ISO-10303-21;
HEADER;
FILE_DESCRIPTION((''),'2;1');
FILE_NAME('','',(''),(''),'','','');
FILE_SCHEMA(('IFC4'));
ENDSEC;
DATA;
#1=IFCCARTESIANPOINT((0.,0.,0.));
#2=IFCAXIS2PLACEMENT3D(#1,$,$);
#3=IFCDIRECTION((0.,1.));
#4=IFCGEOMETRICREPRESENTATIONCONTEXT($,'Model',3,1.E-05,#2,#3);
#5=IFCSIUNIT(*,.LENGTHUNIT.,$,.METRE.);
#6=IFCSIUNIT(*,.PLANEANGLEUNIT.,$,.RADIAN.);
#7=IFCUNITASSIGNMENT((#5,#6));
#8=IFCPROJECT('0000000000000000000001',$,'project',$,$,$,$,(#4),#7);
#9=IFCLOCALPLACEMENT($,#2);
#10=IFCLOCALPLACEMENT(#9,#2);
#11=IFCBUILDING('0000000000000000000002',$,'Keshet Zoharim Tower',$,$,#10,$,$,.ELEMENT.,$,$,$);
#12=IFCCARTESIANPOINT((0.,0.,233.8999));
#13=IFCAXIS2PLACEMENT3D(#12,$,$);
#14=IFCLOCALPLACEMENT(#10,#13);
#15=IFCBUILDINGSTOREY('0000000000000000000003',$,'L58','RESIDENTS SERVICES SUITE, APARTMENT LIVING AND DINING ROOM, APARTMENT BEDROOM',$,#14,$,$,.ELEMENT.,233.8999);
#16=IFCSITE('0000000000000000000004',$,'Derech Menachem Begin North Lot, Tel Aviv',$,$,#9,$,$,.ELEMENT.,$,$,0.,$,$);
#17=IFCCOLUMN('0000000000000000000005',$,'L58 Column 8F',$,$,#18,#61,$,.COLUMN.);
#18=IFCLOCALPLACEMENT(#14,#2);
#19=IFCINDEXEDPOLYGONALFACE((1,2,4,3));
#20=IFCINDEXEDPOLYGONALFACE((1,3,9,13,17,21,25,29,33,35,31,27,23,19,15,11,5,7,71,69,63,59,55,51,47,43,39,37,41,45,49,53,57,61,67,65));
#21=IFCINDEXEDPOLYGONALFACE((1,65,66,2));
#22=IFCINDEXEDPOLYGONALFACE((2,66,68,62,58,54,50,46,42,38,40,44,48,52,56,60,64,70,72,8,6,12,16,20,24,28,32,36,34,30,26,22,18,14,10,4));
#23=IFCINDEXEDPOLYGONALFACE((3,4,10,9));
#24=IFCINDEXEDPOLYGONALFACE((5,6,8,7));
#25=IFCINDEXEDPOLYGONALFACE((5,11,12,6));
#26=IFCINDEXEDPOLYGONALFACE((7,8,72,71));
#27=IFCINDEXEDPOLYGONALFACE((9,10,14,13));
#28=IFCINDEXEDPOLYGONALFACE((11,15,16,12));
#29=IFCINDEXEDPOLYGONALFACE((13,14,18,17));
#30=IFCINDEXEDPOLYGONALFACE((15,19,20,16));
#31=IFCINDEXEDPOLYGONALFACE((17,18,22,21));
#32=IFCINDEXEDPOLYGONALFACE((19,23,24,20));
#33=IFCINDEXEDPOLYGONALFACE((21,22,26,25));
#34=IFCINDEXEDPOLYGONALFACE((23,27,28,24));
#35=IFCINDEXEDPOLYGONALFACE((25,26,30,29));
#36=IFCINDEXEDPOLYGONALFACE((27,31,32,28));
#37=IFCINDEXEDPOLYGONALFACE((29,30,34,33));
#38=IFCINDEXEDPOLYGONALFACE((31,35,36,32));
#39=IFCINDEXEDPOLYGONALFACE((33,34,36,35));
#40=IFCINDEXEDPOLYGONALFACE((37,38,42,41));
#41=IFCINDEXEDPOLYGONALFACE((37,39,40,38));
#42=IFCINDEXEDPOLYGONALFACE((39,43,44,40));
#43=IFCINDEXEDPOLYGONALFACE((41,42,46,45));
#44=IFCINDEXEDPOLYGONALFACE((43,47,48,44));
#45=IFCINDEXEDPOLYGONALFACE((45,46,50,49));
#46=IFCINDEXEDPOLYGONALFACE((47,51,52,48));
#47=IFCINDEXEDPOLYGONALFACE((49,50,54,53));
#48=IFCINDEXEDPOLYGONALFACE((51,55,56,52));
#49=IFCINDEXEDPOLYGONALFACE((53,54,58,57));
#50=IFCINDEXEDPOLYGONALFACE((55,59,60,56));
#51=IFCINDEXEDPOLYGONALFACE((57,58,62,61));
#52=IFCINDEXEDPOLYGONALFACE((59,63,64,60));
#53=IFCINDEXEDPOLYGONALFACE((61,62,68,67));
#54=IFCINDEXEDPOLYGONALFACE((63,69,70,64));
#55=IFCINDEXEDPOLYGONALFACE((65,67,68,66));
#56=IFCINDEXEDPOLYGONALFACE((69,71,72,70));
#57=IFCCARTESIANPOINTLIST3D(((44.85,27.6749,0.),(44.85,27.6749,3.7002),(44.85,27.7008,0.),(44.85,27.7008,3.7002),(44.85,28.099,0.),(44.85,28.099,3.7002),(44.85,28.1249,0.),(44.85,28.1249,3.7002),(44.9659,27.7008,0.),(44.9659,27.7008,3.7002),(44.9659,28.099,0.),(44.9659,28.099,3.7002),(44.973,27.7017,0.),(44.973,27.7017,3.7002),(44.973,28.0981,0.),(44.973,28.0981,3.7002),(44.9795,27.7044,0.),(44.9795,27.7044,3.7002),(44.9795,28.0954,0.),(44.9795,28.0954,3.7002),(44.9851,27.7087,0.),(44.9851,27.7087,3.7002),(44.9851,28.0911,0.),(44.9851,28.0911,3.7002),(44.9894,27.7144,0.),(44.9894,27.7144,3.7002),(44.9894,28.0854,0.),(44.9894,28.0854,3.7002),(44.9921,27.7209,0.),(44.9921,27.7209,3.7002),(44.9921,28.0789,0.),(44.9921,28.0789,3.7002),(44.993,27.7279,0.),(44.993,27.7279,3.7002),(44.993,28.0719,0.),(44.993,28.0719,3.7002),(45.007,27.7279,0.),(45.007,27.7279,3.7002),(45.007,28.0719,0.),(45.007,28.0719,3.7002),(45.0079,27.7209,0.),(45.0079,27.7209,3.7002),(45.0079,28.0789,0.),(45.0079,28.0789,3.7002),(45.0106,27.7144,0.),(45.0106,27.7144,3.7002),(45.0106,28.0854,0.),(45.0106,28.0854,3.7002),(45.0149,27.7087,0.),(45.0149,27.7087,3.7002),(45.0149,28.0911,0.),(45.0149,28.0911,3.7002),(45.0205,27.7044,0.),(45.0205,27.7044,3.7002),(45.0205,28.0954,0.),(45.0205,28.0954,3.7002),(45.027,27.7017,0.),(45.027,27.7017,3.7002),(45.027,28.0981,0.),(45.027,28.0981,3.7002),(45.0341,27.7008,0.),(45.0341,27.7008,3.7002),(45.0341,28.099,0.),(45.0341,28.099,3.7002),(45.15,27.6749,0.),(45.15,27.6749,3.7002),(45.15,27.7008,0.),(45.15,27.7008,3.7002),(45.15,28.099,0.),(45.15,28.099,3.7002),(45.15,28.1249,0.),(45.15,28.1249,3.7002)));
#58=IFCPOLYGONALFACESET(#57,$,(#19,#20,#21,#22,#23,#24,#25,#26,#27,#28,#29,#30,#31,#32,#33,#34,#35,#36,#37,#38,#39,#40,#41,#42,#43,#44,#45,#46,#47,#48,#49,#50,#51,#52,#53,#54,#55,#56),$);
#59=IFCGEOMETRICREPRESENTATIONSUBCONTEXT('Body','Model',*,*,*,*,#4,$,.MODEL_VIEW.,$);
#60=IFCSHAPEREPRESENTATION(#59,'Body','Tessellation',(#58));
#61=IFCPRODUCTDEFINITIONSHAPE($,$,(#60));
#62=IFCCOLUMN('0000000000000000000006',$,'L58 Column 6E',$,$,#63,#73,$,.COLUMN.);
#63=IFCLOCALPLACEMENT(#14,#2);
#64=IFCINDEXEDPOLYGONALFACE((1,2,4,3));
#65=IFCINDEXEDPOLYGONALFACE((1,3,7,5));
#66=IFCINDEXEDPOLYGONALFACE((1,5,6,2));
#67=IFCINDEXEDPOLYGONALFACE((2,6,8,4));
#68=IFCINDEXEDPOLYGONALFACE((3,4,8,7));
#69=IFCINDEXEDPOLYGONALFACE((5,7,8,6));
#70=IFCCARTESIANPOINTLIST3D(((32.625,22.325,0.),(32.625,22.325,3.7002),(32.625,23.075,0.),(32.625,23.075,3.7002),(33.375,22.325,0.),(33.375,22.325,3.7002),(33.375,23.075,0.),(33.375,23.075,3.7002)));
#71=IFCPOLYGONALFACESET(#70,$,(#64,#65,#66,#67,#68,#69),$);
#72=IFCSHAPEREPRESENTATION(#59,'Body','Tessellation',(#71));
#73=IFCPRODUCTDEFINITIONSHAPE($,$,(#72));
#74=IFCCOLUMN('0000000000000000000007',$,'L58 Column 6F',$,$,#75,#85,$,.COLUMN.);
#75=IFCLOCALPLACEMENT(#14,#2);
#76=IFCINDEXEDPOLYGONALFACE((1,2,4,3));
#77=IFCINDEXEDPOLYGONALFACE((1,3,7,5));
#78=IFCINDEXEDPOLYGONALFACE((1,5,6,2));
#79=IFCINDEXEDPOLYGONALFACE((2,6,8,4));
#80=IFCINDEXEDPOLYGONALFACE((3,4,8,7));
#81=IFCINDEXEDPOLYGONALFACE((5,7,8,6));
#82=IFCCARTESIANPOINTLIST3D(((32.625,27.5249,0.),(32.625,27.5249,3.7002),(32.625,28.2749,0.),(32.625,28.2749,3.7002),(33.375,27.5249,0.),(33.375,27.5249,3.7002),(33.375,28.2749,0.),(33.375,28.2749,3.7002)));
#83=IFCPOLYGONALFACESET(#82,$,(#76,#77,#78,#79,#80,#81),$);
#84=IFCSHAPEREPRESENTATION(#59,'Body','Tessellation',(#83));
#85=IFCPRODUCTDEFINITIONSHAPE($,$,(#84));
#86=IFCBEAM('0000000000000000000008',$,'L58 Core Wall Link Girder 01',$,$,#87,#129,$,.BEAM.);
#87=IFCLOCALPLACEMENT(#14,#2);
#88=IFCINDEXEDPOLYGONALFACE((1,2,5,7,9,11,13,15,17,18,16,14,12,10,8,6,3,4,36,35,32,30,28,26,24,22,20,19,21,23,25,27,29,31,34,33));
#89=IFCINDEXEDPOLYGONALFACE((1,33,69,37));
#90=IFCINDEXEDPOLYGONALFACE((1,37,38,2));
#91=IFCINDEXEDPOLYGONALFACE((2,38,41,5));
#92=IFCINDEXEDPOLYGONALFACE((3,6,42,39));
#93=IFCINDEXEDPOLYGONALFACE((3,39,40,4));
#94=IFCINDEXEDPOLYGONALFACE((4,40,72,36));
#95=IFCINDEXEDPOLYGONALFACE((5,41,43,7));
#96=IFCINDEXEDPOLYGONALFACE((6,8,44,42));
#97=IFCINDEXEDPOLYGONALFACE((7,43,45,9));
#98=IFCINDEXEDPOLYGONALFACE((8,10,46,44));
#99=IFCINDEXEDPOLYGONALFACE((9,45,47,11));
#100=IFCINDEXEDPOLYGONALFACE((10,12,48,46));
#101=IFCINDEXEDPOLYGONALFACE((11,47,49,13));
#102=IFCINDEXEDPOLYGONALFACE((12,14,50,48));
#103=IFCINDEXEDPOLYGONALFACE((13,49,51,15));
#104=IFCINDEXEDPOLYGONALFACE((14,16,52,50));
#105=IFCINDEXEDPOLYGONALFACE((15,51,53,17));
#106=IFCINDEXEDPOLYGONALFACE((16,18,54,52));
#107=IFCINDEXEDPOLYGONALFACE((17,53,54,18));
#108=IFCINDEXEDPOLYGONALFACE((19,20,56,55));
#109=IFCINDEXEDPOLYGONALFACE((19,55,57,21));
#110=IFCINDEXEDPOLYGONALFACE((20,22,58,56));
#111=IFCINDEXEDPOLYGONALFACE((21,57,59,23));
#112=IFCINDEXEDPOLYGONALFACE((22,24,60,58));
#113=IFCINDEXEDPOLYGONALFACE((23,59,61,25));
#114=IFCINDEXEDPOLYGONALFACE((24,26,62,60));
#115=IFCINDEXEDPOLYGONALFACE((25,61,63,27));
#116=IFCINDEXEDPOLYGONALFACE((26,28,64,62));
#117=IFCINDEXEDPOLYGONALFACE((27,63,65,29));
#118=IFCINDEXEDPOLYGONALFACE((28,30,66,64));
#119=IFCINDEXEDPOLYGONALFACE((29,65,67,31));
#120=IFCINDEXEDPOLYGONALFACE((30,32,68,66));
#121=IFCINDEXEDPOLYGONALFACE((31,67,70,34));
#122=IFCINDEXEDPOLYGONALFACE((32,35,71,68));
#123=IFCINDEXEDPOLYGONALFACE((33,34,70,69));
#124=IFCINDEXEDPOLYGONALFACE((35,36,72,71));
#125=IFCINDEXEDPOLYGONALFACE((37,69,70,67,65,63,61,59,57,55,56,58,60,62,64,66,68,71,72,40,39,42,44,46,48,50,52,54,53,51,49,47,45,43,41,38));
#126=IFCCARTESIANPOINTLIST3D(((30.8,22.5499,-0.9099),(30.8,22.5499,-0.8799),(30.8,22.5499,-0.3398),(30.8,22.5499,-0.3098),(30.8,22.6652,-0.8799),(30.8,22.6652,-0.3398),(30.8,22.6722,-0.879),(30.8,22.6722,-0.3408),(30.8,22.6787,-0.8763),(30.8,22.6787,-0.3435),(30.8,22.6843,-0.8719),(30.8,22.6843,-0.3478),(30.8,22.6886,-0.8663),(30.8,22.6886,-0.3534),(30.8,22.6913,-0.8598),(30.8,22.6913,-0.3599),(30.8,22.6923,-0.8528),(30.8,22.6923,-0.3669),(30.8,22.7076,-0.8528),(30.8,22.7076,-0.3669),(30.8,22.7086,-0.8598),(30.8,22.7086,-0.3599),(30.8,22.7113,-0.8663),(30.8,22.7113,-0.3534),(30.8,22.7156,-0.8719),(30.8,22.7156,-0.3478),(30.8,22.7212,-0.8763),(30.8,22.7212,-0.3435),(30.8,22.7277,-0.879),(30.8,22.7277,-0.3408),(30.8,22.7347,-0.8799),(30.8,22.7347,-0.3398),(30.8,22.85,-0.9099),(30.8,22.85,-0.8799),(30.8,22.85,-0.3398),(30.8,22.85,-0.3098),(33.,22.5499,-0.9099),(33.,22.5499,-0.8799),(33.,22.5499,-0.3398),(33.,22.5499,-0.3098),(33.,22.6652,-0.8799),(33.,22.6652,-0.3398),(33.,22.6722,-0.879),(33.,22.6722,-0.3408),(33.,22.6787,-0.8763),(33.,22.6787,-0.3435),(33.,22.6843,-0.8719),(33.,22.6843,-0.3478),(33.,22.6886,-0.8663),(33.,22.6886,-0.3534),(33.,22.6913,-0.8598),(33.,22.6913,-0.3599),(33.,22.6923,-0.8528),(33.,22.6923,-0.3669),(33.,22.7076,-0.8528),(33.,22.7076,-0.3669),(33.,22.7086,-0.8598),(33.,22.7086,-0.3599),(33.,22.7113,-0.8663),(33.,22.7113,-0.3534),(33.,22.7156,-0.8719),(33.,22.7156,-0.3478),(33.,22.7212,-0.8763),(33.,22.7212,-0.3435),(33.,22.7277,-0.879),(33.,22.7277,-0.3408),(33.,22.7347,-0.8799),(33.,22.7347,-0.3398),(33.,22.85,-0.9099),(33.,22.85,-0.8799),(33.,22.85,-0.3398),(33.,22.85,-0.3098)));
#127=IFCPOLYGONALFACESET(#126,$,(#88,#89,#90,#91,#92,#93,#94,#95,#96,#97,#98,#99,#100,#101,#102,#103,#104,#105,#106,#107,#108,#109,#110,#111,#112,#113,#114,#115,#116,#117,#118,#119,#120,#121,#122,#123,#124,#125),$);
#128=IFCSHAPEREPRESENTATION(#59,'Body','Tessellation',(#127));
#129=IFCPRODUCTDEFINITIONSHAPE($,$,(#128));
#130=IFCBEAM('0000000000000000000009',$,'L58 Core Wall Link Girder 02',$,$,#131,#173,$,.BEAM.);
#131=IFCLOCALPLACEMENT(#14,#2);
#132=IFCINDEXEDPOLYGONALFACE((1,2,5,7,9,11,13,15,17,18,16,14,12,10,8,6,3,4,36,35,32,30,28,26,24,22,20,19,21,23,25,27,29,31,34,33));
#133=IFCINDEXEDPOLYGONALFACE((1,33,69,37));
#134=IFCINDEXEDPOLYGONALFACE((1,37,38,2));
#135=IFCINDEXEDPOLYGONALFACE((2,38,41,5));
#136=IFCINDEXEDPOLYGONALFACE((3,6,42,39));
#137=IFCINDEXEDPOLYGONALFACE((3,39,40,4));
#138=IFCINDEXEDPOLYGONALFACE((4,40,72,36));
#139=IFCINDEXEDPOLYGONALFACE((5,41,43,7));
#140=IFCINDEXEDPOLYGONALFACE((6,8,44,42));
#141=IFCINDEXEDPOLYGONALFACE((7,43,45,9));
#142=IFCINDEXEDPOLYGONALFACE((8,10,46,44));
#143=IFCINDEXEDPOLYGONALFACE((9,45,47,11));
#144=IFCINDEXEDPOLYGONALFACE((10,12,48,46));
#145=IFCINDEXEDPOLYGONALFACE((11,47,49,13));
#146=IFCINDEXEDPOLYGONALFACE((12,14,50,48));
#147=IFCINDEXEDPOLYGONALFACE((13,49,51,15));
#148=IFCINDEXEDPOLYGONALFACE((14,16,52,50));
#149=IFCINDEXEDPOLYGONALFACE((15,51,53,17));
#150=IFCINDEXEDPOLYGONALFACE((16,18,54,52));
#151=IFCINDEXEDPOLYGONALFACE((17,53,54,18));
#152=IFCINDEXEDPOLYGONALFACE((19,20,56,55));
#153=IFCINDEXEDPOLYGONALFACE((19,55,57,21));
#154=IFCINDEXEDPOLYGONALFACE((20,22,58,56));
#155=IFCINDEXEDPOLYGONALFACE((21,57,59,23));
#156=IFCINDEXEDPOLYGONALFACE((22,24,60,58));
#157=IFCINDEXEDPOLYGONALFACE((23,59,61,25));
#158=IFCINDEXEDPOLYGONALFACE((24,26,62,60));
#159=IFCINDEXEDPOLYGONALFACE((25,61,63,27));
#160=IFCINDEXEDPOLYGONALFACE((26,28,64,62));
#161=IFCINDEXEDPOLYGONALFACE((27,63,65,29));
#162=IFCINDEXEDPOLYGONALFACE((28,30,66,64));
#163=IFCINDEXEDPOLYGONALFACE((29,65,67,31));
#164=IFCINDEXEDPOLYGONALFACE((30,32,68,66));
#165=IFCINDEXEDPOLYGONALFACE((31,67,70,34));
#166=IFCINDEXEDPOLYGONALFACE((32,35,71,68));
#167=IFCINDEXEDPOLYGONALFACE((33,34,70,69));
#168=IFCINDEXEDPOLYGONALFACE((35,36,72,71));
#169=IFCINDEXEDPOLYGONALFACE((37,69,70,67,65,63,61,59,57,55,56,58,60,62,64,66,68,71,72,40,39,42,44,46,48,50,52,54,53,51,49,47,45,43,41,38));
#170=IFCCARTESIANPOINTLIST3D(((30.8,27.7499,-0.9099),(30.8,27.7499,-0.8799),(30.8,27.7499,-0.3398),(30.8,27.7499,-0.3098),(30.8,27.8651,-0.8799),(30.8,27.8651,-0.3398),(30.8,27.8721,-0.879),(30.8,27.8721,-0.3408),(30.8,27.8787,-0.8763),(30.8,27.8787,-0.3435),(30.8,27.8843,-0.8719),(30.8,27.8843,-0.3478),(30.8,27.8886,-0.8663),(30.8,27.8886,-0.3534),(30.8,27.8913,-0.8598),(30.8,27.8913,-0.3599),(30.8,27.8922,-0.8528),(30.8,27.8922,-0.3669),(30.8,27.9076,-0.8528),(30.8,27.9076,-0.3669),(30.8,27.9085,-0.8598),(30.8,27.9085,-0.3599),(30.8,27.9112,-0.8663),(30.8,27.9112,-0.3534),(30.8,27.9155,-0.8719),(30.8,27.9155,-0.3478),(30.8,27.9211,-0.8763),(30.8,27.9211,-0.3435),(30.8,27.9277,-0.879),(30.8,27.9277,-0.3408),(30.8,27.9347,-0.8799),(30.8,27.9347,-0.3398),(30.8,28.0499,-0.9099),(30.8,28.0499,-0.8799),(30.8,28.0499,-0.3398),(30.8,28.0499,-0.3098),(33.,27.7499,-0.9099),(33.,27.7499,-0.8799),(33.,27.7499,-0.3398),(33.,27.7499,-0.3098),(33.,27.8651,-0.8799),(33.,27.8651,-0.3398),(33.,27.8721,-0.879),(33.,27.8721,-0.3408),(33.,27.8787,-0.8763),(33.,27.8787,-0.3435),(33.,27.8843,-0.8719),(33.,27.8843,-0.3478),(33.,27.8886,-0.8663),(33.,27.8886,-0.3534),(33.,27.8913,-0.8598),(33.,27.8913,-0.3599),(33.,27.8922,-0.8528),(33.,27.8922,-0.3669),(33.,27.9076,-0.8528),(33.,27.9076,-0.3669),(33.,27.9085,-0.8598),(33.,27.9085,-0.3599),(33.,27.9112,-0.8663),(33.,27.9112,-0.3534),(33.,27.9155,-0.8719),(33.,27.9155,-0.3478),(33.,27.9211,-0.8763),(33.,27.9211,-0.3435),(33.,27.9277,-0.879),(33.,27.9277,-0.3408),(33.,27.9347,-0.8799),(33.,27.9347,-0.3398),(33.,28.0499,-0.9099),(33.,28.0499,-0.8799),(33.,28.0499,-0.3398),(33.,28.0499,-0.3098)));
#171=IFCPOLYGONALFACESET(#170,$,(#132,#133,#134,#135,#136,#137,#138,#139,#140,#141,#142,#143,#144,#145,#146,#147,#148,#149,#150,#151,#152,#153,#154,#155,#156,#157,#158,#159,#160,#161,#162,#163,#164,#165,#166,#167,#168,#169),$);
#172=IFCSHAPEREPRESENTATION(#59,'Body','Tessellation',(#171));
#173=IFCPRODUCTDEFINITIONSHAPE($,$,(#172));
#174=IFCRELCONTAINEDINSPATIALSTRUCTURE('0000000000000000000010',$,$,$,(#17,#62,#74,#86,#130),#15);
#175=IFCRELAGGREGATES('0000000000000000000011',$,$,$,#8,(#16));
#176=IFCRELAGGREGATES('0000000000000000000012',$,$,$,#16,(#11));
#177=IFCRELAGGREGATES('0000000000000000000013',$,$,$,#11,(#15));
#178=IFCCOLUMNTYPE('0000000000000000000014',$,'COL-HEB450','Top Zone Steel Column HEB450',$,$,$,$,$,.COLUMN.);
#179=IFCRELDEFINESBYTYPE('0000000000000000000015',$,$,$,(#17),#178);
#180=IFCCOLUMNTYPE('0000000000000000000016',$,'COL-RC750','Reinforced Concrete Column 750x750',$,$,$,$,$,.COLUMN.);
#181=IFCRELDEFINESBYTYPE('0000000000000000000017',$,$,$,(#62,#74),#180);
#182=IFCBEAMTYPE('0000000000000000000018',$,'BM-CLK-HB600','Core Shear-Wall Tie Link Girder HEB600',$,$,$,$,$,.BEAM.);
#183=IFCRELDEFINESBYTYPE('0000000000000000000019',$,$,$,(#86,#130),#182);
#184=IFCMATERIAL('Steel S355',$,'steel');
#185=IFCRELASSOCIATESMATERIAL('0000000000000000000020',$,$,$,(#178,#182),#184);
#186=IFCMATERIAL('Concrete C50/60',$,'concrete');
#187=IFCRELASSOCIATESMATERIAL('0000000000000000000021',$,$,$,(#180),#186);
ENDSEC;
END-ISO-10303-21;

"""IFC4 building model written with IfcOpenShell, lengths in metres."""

from ifc_helpers import new_model, si_unit, direction, frame, origin, origin_2d, place, context, subcontext, project, spatial, rectangle, i_section, extrude, material, material_profile, profile_set, type_object, element, save


model = new_model("IFC4")

# Units and contexts
model_context = context("Model", 3, precision=1e-05, world=origin(), true_north=direction((0.0, 1.0)))
body_context = subcontext(model_context, "Body", "Model", "MODEL_VIEW")
ifc_project = project(units=[si_unit("LENGTHUNIT", "METRE"), si_unit("PLANEANGLEUNIT", "RADIAN")], contexts=[model_context])

# Site, building, storey
site_placement = place(None, origin())
site = spatial("IfcSite", under=ifc_project, at=site_placement, Name="Derech Menachem Begin North Lot, Tel Aviv", CompositionType="ELEMENT", RefElevation=0.0)
building_placement = place(site_placement, origin())
building = spatial("IfcBuilding", under=site, at=building_placement, Name="Keshet Zoharim Tower", CompositionType="ELEMENT")
storey_placement = place(building_placement, frame((0.0, 0.0, 233.8999)))
storey = spatial("IfcBuildingStorey", under=building, at=storey_placement, Name="L58", Description="RESIDENTS SERVICES SUITE, APARTMENT LIVING AND DINING ROOM, APARTMENT BEDROOM", CompositionType="ELEMENT", Elevation=233.8999)

# Columns
ifc_material_1 = material(Name="Steel S355", Category="steel")
ifc_material_profile_1 = material_profile(ifc_material_1, i_section(OverallWidth=0.3, OverallDepth=0.45, WebThickness=0.0139, FlangeThickness=0.0259, FilletRadius=0.0271, at=origin_2d()), Name="HEB450")
ifc_profile_set_1 = profile_set([ifc_material_profile_1], Name="Steel S355")
column_type_1 = type_object("IfcColumnType", Name="COL-HEB450", Description="Top Zone Steel Column HEB450", PredefinedType="COLUMN", material=ifc_profile_set_1)
column_placement = place(storey_placement, frame((45.0, 27.8999, 0.0), z_axis=(0.0, 0.0, 1.0), x_axis=(1.0, 0.0, 0.0)))
element("IfcColumn", 1, at=column_placement, inside=storey, type_object=column_type_1, Name="L58 Column 8F", PredefinedType="COLUMN", context=body_context, shape_type="SweptSolid", body=[
    extrude(i_section(OverallWidth=0.3, OverallDepth=0.45, WebThickness=0.0139, FlangeThickness=0.0259, FilletRadius=0.0271, at=origin_2d()), origin(), (0.0, 0.0, 1.0), 3.7002),
])
ifc_material_2 = material(Name="Concrete C50/60", Category="concrete")
ifc_material_profile_2 = material_profile(ifc_material_2, rectangle(XDim=0.75, YDim=0.75, at=origin_2d()), Name="RC750x750")
ifc_profile_set_2 = profile_set([ifc_material_profile_2], Name="Concrete C50/60")
column_type_2 = type_object("IfcColumnType", Name="COL-RC750", Description="Reinforced Concrete Column 750x750", PredefinedType="COLUMN", material=ifc_profile_set_2)
for number, where, z_axis, x_axis, name in (
    (2, (33.0, 22.7, 0.0), (0.0, 0.0, 1.0), (1.0, 0.0, 0.0), "L58 Column 6E"),
    (3, (33.0, 27.8999, 0.0), (0.0, 0.0, 1.0), (1.0, 0.0, 0.0), "L58 Column 6F"),
):
    element("IfcColumn", number, at=place(storey_placement, frame(where, z_axis=z_axis, x_axis=x_axis)), inside=storey, type_object=column_type_2, Name=name, PredefinedType="COLUMN", context=body_context, shape_type="SweptSolid", body=[
        extrude(rectangle(XDim=0.75, YDim=0.75, at=origin_2d()), origin(), (0.0, 0.0, 1.0), 3.7002),
    ])

# Beams
ifc_material_profile_3 = material_profile(ifc_material_1, i_section(OverallWidth=0.3, OverallDepth=0.6001, WebThickness=0.0154, FlangeThickness=0.03, FilletRadius=0.0271, at=origin_2d()), Name="HEB600")
ifc_profile_set_3 = profile_set([ifc_material_profile_3], Name="Steel S355")
beam_type_1 = type_object("IfcBeamType", Name="BM-CLK-HB600", Description="Core Shear-Wall Tie Link Girder HEB600", PredefinedType="BEAM", material=ifc_profile_set_3)
for number, where, z_axis, x_axis, name in (
    (4, (30.8, 22.7, -0.6099), (1.0, 0.0, 0.0), (0.0, 1.0, 0.0), "L58 Core Wall Link Girder 01"),
    (5, (30.8, 27.8999, -0.6099), (1.0, 0.0, 0.0), (0.0, 1.0, 0.0), "L58 Core Wall Link Girder 02"),
):
    element("IfcBeam", number, at=place(storey_placement, frame(where, z_axis=z_axis, x_axis=x_axis)), inside=storey, type_object=beam_type_1, Name=name, PredefinedType="BEAM", context=body_context, shape_type="SweptSolid", body=[
        extrude(i_section(OverallWidth=0.3, OverallDepth=0.6001, WebThickness=0.0154, FlangeThickness=0.03, FilletRadius=0.0271, at=origin_2d()), origin(), (0.0, 0.0, 1.0), 2.2),
    ])

save(model, "model.ifc")
